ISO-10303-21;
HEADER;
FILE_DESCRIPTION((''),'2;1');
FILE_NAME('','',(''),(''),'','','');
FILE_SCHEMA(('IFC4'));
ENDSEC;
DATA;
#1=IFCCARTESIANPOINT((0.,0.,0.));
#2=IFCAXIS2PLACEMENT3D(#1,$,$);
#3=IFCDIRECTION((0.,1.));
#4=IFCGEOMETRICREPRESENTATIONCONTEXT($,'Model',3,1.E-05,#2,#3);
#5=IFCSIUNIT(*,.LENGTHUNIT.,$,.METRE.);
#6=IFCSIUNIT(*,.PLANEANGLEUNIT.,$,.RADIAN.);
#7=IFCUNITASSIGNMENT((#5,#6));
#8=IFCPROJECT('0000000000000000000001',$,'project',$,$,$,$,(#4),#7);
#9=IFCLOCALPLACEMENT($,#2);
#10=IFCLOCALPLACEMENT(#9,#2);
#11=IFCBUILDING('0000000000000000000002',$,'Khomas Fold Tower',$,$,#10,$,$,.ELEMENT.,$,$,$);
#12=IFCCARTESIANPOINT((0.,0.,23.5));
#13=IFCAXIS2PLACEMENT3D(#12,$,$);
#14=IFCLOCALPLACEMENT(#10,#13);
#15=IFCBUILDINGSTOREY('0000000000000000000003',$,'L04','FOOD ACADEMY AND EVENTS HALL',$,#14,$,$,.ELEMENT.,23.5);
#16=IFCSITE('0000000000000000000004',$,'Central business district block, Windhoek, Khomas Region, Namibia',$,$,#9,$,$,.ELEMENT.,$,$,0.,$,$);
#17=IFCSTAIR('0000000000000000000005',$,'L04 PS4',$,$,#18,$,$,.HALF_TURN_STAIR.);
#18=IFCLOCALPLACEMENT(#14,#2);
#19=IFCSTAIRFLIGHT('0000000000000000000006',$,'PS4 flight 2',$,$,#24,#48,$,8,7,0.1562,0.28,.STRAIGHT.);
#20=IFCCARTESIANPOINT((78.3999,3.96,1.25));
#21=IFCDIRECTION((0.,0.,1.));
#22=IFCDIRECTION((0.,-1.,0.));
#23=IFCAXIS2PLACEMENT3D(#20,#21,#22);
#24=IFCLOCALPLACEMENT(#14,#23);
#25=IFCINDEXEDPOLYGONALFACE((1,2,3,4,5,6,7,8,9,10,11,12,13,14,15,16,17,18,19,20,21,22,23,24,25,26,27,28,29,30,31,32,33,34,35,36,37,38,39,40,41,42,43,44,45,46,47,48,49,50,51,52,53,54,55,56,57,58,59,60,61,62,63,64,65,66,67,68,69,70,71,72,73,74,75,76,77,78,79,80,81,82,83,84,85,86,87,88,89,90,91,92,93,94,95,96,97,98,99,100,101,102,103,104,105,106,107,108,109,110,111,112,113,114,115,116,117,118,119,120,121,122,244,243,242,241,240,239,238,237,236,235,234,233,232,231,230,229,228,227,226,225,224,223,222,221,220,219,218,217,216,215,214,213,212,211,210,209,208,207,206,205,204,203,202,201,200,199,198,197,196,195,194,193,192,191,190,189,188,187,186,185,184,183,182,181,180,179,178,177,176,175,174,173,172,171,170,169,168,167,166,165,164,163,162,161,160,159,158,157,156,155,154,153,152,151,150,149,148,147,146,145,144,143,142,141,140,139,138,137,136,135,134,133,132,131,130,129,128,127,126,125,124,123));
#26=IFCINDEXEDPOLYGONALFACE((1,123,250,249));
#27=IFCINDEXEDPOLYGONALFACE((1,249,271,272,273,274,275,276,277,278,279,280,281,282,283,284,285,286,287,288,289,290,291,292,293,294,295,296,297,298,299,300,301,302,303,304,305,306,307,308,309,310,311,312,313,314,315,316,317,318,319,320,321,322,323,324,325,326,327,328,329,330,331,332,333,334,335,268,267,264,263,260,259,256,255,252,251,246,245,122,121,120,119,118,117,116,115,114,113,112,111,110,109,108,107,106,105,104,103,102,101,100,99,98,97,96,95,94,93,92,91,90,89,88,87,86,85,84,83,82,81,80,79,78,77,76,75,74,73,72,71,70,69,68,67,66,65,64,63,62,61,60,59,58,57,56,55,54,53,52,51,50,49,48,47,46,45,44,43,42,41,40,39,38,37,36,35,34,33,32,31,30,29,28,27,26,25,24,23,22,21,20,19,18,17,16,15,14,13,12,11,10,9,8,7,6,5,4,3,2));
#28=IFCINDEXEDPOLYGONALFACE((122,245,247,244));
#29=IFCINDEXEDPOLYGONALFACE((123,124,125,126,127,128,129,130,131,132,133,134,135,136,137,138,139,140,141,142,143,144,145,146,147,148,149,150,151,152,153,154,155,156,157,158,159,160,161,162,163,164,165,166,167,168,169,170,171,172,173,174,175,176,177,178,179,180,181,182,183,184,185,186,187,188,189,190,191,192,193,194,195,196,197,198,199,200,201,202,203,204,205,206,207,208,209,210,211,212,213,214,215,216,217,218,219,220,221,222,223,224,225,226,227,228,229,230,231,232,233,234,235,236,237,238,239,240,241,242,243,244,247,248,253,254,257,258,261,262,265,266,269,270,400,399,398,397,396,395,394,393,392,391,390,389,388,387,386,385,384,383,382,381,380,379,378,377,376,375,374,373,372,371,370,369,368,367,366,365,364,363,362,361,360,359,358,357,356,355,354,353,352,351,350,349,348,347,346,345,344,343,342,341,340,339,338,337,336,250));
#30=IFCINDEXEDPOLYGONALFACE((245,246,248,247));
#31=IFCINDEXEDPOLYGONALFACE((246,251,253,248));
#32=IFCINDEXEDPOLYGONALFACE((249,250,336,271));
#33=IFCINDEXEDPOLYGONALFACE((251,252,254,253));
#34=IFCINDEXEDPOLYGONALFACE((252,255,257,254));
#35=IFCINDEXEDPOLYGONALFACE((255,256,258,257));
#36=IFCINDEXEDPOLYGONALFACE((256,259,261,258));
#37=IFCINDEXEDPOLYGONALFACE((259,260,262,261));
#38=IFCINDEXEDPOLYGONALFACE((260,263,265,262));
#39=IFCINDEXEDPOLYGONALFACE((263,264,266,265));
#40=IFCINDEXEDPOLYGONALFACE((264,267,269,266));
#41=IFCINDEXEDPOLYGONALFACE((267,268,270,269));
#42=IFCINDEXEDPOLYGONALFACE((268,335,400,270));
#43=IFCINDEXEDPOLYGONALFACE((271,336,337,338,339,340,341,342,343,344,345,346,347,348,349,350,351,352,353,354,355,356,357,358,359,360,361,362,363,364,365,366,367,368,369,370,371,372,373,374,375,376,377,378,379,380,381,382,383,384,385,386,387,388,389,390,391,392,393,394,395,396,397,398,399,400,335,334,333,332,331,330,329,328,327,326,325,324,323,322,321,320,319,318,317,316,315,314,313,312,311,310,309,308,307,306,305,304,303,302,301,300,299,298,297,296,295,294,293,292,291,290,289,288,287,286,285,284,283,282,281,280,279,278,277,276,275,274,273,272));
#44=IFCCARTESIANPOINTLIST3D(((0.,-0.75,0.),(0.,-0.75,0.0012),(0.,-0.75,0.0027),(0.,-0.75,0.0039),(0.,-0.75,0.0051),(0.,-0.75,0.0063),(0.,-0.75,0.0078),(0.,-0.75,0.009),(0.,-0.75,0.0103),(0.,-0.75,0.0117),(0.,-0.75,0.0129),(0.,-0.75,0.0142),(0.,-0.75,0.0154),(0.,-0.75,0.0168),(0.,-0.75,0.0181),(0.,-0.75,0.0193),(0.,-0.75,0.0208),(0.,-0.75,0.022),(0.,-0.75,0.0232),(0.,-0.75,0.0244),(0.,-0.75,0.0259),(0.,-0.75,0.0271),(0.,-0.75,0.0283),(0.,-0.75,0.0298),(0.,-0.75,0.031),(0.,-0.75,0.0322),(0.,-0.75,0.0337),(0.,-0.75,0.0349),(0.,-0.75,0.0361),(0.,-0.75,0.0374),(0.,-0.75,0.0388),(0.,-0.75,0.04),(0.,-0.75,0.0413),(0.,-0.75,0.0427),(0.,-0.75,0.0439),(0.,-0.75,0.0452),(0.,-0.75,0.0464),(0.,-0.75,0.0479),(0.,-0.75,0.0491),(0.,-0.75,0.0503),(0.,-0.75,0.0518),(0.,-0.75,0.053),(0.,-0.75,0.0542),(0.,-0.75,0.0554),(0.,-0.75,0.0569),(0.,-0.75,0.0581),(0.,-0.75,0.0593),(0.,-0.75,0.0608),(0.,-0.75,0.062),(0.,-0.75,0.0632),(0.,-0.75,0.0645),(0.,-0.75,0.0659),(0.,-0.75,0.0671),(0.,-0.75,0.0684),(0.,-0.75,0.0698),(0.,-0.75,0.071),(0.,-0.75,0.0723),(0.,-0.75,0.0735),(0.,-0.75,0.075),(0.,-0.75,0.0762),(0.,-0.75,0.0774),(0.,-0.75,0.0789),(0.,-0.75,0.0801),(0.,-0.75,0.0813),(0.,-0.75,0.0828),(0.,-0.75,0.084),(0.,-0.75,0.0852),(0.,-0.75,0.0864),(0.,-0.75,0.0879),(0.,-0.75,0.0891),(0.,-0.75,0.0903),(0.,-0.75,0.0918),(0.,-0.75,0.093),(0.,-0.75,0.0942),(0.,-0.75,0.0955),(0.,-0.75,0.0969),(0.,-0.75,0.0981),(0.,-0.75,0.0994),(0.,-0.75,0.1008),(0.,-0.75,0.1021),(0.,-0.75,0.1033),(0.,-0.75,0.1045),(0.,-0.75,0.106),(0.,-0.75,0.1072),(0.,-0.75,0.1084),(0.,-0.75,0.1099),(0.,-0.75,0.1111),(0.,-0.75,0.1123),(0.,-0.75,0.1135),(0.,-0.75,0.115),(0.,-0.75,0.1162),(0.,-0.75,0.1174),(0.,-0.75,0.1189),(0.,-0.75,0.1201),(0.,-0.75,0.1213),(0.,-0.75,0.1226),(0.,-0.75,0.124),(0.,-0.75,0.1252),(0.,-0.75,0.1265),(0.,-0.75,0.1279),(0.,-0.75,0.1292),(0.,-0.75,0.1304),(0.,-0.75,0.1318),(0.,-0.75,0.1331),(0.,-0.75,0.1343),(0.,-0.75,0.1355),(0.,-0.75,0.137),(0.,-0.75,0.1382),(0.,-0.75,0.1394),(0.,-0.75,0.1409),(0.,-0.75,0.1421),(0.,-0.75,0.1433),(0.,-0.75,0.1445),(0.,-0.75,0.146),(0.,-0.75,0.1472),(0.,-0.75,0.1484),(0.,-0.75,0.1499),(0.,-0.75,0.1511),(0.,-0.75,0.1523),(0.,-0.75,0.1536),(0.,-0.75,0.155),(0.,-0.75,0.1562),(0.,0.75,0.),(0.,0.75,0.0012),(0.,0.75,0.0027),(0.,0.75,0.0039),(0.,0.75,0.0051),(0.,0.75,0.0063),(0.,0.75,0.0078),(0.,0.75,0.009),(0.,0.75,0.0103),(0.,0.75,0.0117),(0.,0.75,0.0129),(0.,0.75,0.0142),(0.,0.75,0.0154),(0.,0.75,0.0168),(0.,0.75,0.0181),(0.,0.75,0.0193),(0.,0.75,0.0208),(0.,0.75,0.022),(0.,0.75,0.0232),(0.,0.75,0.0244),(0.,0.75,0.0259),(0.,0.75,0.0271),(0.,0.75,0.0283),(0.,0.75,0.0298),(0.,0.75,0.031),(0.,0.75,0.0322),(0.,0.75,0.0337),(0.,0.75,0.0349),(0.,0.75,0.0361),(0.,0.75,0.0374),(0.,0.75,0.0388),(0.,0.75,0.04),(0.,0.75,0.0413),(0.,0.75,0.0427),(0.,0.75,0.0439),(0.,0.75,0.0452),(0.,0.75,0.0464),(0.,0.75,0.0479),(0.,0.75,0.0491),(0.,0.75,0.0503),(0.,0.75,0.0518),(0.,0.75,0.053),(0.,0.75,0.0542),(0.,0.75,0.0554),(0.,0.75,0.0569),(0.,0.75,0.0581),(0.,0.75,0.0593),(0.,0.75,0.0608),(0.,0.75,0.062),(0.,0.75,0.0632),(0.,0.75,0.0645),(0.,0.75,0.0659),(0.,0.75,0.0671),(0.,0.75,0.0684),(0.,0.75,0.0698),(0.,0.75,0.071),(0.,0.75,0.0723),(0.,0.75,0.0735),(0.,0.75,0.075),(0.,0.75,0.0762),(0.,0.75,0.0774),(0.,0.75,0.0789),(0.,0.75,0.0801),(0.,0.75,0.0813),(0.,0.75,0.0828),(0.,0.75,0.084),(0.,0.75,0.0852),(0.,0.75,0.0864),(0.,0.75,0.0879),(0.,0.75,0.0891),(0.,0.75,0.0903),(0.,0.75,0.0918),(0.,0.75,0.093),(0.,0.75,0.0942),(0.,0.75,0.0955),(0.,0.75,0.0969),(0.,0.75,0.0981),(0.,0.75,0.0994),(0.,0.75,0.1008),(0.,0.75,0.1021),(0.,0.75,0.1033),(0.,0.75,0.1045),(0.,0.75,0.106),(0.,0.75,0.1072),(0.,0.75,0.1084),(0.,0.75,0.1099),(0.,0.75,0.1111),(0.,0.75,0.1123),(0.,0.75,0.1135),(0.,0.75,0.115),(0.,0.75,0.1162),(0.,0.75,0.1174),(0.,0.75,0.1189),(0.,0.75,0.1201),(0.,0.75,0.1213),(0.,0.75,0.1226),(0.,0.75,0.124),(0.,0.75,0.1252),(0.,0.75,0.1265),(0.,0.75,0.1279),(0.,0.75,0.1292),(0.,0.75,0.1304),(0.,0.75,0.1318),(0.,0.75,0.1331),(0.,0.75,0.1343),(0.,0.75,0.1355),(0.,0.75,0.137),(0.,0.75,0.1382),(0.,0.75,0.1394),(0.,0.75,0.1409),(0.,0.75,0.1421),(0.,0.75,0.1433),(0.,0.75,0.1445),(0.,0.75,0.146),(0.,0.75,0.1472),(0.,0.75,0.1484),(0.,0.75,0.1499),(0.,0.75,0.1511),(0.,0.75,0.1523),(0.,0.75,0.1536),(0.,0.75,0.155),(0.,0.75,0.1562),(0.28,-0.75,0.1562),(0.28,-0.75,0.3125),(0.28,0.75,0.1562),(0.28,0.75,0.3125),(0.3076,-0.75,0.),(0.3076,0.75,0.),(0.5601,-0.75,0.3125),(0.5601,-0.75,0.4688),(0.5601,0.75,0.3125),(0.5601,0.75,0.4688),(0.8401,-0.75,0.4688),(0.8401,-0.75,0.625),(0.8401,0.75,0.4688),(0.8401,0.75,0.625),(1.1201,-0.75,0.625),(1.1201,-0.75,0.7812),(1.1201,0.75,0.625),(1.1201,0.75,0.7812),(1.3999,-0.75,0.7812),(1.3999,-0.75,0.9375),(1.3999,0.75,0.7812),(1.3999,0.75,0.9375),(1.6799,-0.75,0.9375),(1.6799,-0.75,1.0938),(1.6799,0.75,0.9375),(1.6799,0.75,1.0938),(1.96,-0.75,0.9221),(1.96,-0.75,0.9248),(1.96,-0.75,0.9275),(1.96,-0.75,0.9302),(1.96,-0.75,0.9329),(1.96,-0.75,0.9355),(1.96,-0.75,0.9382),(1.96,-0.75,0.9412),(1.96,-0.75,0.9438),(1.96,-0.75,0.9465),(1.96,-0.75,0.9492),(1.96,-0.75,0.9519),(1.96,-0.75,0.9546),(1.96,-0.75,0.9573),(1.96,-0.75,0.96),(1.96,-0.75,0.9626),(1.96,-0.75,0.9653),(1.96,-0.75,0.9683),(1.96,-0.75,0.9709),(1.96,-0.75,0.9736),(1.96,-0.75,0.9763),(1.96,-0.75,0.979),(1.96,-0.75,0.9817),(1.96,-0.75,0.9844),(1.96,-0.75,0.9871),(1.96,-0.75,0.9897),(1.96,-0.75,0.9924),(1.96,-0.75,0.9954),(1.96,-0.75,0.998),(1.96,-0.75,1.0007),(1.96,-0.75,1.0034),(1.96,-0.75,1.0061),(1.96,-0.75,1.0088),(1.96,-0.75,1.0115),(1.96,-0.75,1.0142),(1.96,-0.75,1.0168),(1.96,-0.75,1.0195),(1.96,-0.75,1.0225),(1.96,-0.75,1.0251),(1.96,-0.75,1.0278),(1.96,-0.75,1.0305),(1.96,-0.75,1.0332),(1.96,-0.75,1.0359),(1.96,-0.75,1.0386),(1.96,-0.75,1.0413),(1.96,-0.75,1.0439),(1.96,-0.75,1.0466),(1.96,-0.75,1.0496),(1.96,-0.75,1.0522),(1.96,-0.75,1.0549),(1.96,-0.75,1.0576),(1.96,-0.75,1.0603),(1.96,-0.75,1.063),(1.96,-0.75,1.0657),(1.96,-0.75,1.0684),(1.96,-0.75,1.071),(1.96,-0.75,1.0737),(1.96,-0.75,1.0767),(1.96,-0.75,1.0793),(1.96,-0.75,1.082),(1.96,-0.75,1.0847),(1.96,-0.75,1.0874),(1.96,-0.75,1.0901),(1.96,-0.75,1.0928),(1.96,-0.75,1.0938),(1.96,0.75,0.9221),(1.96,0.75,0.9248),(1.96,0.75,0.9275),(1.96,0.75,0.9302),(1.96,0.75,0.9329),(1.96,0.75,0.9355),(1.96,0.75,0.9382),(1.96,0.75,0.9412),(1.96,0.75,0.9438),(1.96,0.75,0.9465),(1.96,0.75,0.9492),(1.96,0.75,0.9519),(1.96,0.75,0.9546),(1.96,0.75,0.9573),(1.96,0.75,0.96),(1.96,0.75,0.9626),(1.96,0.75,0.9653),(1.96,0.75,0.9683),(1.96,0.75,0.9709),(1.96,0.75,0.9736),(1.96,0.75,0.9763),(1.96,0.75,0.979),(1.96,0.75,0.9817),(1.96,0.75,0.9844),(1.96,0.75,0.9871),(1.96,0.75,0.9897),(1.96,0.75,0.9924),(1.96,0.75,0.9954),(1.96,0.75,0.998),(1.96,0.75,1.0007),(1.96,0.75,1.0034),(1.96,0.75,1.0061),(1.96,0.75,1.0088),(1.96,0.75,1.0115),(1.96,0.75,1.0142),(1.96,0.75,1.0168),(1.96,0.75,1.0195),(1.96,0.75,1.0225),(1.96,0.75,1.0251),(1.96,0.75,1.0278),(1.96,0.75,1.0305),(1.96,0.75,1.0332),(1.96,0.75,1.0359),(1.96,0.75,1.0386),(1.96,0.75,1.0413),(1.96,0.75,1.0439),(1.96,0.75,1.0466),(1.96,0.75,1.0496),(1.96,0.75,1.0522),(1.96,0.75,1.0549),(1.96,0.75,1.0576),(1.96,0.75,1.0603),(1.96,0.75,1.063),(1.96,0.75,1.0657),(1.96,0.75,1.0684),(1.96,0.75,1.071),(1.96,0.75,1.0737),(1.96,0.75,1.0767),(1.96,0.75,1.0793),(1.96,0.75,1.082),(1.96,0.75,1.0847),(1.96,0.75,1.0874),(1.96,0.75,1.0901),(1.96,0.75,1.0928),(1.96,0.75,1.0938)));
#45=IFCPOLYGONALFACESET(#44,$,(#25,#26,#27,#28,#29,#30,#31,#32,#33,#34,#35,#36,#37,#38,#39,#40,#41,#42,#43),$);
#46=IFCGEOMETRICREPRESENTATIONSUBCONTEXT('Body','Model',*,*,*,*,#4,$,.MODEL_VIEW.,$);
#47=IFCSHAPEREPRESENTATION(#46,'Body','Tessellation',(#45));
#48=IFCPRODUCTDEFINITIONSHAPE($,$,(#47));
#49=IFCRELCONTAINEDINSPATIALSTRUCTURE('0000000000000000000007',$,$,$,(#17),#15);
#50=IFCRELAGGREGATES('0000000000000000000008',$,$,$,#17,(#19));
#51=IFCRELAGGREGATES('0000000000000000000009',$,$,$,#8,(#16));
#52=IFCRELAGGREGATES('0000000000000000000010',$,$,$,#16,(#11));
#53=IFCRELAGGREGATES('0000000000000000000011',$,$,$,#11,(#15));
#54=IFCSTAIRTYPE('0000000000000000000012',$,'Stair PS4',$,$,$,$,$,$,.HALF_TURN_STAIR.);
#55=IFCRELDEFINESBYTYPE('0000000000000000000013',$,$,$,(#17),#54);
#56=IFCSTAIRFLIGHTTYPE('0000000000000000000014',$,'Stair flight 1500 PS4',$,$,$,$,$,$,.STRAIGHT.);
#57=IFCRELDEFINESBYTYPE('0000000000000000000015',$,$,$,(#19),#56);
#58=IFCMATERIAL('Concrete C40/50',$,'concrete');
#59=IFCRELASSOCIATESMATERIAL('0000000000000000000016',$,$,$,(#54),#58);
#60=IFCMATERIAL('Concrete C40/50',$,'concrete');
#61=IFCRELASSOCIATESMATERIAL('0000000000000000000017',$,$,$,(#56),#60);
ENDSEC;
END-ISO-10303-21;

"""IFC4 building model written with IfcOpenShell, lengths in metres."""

from ifc_helpers import new_model, si_unit, direction, frame, origin, place, context, subcontext, project, spatial, polyline, outline, extrude, source, transform, mapped, material, type_object, element, aggregate, save


model = new_model("IFC4")

# Units and contexts
model_context = context("Model", 3, precision=1e-05, world=origin(), true_north=direction((0.0, 1.0)))
body_context = subcontext(model_context, "Body", "Model", "MODEL_VIEW")
ifc_project = project(units=[si_unit("LENGTHUNIT", "METRE"), si_unit("PLANEANGLEUNIT", "RADIAN")], contexts=[model_context])

# Site, building, storey
site_placement = place(None, origin())
site = spatial("IfcSite", under=ifc_project, at=site_placement, Name="Central business district block, Windhoek, Khomas Region, Namibia", CompositionType="ELEMENT", RefElevation=0.0)
building_placement = place(site_placement, origin())
building = spatial("IfcBuilding", under=site, at=building_placement, Name="Khomas Fold Tower", CompositionType="ELEMENT")
storey_placement = place(building_placement, frame((0.0, 0.0, 23.5)))
storey = spatial("IfcBuildingStorey", under=building, at=storey_placement, Name="L04", Description="FOOD ACADEMY AND EVENTS HALL", CompositionType="ELEMENT", Elevation=23.5)

# Stair, stair flight
ifc_material_1 = material(Name="Concrete C40/50", Category="concrete")
stair_type = type_object("IfcStairType", Name="Stair PS4", PredefinedType="HALF_TURN_STAIR", material=ifc_material_1)
stair_placement = place(storey_placement, origin())
stair = element("IfcStair", 1, at=stair_placement, inside=storey, type_object=stair_type, Name="L04 PS4", PredefinedType="HALF_TURN_STAIR")
ifc_material_2 = material(Name="Concrete C40/50", Category="concrete")
stair_flight_type = type_object("IfcStairFlightType", Name="Stair flight 1500 PS4", PredefinedType="STRAIGHT", material=ifc_material_2)
shared_shape_1 = source(origin(), body_context, "Body", "SweptSolid", [
    extrude(outline(polyline([(0.0, 0.0), (0.0, 0.0012), (0.0, 0.0027), (0.0, 0.0039), (0.0, 0.0051), (0.0, 0.0063), (0.0, 0.0078), (0.0, 0.009), (0.0, 0.0103), (0.0, 0.0117), (0.0, 0.0129), (0.0, 0.0142), (0.0, 0.0154), (0.0, 0.0168), (0.0, 0.0181), (0.0, 0.0193), (0.0, 0.0208), (0.0, 0.022), (0.0, 0.0232), (0.0, 0.0244), (0.0, 0.0259), (0.0, 0.0271), (0.0, 0.0283), (0.0, 0.0298), (0.0, 0.031), (0.0, 0.0322), (0.0, 0.0337), (0.0, 0.0349), (0.0, 0.0361), (0.0, 0.0374), (0.0, 0.0388), (0.0, 0.04), (0.0, 0.0413), (0.0, 0.0427), (0.0, 0.0439), (0.0, 0.0452), (0.0, 0.0464), (0.0, 0.0479), (0.0, 0.0491), (0.0, 0.0503), (0.0, 0.0518), (0.0, 0.053), (0.0, 0.0542), (0.0, 0.0554), (0.0, 0.0569), (0.0, 0.0581), (0.0, 0.0593), (0.0, 0.0608), (0.0, 0.062), (0.0, 0.0632), (0.0, 0.0645), (0.0, 0.0659), (0.0, 0.0671), (0.0, 0.0684), (0.0, 0.0698), (0.0, 0.071), (0.0, 0.0723), (0.0, 0.0735), (0.0, 0.075), (0.0, 0.0762), (0.0, 0.0774), (0.0, 0.0789), (0.0, 0.0801), (0.0, 0.0813), (0.0, 0.0828), (0.0, 0.084), (0.0, 0.0852), (0.0, 0.0864), (0.0, 0.0879), (0.0, 0.0891), (0.0, 0.0903), (0.0, 0.0918), (0.0, 0.093), (0.0, 0.0942), (0.0, 0.0955), (0.0, 0.0969), (0.0, 0.0981), (0.0, 0.0994), (0.0, 0.1008), (0.0, 0.1021), (0.0, 0.1033), (0.0, 0.1045), (0.0, 0.106), (0.0, 0.1072), (0.0, 0.1084), (0.0, 0.1099), (0.0, 0.1111), (0.0, 0.1123), (0.0, 0.1135), (0.0, 0.115), (0.0, 0.1162), (0.0, 0.1174), (0.0, 0.1189), (0.0, 0.1201), (0.0, 0.1213), (0.0, 0.1226), (0.0, 0.124), (0.0, 0.1252), (0.0, 0.1265), (0.0, 0.1279), (0.0, 0.1292), (0.0, 0.1304), (0.0, 0.1318), (0.0, 0.1331), (0.0, 0.1343), (0.0, 0.1355), (0.0, 0.137), (0.0, 0.1382), (0.0, 0.1394), (0.0, 0.1409), (0.0, 0.1421), (0.0, 0.1433), (0.0, 0.1445), (0.0, 0.146), (0.0, 0.1472), (0.0, 0.1484), (0.0, 0.1499), (0.0, 0.1511), (0.0, 0.1523), (0.0, 0.1536), (0.0, 0.155), (0.0, 0.1562), (0.28, 0.1562), (0.28, 0.3125), (0.5601, 0.3125), (0.5601, 0.4688), (0.8401, 0.4688), (0.8401, 0.625), (1.1201, 0.625), (1.1201, 0.7812), (1.3999, 0.7812), (1.3999, 0.9375), (1.6799, 0.9375), (1.6799, 1.0938), (1.96, 1.0938), (1.96, 1.25), (1.96, 1.2473), (1.96, 1.2446), (1.96, 1.2419), (1.96, 1.2393), (1.96, 1.2363), (1.96, 1.2336), (1.96, 1.231), (1.96, 1.2283), (1.96, 1.2256), (1.96, 1.2229), (1.96, 1.2202), (1.96, 1.2175), (1.96, 1.2148), (1.96, 1.2122), (1.96, 1.2092), (1.96, 1.2065), (1.96, 1.2039), (1.96, 1.2012), (1.96, 1.1985), (1.96, 1.1958), (1.96, 1.1931), (1.96, 1.1904), (1.96, 1.1877), (1.96, 1.1851), (1.96, 1.1821), (1.96, 1.1794), (1.96, 1.1768), (1.96, 1.1741), (1.96, 1.1714), (1.96, 1.1687), (1.96, 1.166), (1.96, 1.1633), (1.96, 1.1606), (1.96, 1.158), (1.96, 1.155), (1.96, 1.1523), (1.96, 1.1497), (1.96, 1.147), (1.96, 1.1443), (1.96, 1.1416), (1.96, 1.1389), (1.96, 1.1362), (1.96, 1.1335), (1.96, 1.1309), (1.96, 1.1279), (1.96, 1.1252), (1.96, 1.1226), (1.96, 1.1199), (1.96, 1.1172), (1.96, 1.1145), (1.96, 1.1118), (1.96, 1.1091), (1.96, 1.1064), (1.96, 1.1038), (1.96, 1.1008), (1.96, 1.0981), (1.96, 1.0955), (1.96, 1.0928), (1.96, 1.0901), (1.96, 1.0874), (1.96, 1.0847), (1.96, 1.082), (1.96, 1.0793), (1.96, 1.0767), (1.96, 1.0737), (1.96, 1.071), (1.96, 1.0684), (1.96, 1.0657), (1.96, 1.063), (1.96, 1.0603), (1.96, 1.0576), (1.96, 1.0549), (1.96, 1.0522), (1.96, 1.0496), (1.96, 1.0466), (1.96, 1.0439), (1.96, 1.0413), (1.96, 1.0386), (1.96, 1.0359), (1.96, 1.0332), (1.96, 1.0305), (1.96, 1.0278), (1.96, 1.0251), (1.96, 1.0225), (1.96, 1.0195), (1.96, 1.0168), (1.96, 1.0142), (1.96, 1.0115), (1.96, 1.0088), (1.96, 1.0061), (1.96, 1.0034), (1.96, 1.0007), (1.96, 0.998), (1.96, 0.9954), (1.96, 0.9924), (1.96, 0.9897), (1.96, 0.9871), (1.96, 0.9844), (1.96, 0.9817), (1.96, 0.979), (1.96, 0.9763), (1.96, 0.9736), (1.96, 0.9709), (1.96, 0.9683), (1.96, 0.9653), (1.96, 0.9626), (1.96, 0.96), (1.96, 0.9573), (1.96, 0.9546), (1.96, 0.9519), (1.96, 0.9492), (1.96, 0.9465), (1.96, 0.9438), (1.96, 0.9412), (1.96, 0.9382), (1.96, 0.9355), (1.96, 0.9329), (1.96, 0.9302), (1.96, 0.9275), (1.96, 0.9248), (1.96, 0.9221), (0.3076, 0.0), (0.0, 0.0)])), frame((0.0, 0.75, 0.0), z_axis=(0.0, -1.0, 0.0), x_axis=(1.0, 0.0, 0.0)), (0.0, 0.0, 1.0), 1.5),
])
stair_flight_1_placement = place(storey_placement, frame((78.3999, 3.96, 1.25), z_axis=(0.0, 0.0, 1.0), x_axis=(0.0, -1.0, 0.0)))
stair_flight_1 = element("IfcStairFlight", 2, at=stair_flight_1_placement, type_object=stair_flight_type, Name="PS4 flight 2", NumberOfRisers=8, NumberOfTreads=7, PredefinedType="STRAIGHT", RiserHeight=0.1562, TreadLength=0.28, context=body_context, shape_type="MappedRepresentation", body=[
    mapped(shared_shape_1, transform((0.0, 0.0, 0.0))),
])
aggregate(stair, [stair_flight_1])

save(model, "model.ifc")
